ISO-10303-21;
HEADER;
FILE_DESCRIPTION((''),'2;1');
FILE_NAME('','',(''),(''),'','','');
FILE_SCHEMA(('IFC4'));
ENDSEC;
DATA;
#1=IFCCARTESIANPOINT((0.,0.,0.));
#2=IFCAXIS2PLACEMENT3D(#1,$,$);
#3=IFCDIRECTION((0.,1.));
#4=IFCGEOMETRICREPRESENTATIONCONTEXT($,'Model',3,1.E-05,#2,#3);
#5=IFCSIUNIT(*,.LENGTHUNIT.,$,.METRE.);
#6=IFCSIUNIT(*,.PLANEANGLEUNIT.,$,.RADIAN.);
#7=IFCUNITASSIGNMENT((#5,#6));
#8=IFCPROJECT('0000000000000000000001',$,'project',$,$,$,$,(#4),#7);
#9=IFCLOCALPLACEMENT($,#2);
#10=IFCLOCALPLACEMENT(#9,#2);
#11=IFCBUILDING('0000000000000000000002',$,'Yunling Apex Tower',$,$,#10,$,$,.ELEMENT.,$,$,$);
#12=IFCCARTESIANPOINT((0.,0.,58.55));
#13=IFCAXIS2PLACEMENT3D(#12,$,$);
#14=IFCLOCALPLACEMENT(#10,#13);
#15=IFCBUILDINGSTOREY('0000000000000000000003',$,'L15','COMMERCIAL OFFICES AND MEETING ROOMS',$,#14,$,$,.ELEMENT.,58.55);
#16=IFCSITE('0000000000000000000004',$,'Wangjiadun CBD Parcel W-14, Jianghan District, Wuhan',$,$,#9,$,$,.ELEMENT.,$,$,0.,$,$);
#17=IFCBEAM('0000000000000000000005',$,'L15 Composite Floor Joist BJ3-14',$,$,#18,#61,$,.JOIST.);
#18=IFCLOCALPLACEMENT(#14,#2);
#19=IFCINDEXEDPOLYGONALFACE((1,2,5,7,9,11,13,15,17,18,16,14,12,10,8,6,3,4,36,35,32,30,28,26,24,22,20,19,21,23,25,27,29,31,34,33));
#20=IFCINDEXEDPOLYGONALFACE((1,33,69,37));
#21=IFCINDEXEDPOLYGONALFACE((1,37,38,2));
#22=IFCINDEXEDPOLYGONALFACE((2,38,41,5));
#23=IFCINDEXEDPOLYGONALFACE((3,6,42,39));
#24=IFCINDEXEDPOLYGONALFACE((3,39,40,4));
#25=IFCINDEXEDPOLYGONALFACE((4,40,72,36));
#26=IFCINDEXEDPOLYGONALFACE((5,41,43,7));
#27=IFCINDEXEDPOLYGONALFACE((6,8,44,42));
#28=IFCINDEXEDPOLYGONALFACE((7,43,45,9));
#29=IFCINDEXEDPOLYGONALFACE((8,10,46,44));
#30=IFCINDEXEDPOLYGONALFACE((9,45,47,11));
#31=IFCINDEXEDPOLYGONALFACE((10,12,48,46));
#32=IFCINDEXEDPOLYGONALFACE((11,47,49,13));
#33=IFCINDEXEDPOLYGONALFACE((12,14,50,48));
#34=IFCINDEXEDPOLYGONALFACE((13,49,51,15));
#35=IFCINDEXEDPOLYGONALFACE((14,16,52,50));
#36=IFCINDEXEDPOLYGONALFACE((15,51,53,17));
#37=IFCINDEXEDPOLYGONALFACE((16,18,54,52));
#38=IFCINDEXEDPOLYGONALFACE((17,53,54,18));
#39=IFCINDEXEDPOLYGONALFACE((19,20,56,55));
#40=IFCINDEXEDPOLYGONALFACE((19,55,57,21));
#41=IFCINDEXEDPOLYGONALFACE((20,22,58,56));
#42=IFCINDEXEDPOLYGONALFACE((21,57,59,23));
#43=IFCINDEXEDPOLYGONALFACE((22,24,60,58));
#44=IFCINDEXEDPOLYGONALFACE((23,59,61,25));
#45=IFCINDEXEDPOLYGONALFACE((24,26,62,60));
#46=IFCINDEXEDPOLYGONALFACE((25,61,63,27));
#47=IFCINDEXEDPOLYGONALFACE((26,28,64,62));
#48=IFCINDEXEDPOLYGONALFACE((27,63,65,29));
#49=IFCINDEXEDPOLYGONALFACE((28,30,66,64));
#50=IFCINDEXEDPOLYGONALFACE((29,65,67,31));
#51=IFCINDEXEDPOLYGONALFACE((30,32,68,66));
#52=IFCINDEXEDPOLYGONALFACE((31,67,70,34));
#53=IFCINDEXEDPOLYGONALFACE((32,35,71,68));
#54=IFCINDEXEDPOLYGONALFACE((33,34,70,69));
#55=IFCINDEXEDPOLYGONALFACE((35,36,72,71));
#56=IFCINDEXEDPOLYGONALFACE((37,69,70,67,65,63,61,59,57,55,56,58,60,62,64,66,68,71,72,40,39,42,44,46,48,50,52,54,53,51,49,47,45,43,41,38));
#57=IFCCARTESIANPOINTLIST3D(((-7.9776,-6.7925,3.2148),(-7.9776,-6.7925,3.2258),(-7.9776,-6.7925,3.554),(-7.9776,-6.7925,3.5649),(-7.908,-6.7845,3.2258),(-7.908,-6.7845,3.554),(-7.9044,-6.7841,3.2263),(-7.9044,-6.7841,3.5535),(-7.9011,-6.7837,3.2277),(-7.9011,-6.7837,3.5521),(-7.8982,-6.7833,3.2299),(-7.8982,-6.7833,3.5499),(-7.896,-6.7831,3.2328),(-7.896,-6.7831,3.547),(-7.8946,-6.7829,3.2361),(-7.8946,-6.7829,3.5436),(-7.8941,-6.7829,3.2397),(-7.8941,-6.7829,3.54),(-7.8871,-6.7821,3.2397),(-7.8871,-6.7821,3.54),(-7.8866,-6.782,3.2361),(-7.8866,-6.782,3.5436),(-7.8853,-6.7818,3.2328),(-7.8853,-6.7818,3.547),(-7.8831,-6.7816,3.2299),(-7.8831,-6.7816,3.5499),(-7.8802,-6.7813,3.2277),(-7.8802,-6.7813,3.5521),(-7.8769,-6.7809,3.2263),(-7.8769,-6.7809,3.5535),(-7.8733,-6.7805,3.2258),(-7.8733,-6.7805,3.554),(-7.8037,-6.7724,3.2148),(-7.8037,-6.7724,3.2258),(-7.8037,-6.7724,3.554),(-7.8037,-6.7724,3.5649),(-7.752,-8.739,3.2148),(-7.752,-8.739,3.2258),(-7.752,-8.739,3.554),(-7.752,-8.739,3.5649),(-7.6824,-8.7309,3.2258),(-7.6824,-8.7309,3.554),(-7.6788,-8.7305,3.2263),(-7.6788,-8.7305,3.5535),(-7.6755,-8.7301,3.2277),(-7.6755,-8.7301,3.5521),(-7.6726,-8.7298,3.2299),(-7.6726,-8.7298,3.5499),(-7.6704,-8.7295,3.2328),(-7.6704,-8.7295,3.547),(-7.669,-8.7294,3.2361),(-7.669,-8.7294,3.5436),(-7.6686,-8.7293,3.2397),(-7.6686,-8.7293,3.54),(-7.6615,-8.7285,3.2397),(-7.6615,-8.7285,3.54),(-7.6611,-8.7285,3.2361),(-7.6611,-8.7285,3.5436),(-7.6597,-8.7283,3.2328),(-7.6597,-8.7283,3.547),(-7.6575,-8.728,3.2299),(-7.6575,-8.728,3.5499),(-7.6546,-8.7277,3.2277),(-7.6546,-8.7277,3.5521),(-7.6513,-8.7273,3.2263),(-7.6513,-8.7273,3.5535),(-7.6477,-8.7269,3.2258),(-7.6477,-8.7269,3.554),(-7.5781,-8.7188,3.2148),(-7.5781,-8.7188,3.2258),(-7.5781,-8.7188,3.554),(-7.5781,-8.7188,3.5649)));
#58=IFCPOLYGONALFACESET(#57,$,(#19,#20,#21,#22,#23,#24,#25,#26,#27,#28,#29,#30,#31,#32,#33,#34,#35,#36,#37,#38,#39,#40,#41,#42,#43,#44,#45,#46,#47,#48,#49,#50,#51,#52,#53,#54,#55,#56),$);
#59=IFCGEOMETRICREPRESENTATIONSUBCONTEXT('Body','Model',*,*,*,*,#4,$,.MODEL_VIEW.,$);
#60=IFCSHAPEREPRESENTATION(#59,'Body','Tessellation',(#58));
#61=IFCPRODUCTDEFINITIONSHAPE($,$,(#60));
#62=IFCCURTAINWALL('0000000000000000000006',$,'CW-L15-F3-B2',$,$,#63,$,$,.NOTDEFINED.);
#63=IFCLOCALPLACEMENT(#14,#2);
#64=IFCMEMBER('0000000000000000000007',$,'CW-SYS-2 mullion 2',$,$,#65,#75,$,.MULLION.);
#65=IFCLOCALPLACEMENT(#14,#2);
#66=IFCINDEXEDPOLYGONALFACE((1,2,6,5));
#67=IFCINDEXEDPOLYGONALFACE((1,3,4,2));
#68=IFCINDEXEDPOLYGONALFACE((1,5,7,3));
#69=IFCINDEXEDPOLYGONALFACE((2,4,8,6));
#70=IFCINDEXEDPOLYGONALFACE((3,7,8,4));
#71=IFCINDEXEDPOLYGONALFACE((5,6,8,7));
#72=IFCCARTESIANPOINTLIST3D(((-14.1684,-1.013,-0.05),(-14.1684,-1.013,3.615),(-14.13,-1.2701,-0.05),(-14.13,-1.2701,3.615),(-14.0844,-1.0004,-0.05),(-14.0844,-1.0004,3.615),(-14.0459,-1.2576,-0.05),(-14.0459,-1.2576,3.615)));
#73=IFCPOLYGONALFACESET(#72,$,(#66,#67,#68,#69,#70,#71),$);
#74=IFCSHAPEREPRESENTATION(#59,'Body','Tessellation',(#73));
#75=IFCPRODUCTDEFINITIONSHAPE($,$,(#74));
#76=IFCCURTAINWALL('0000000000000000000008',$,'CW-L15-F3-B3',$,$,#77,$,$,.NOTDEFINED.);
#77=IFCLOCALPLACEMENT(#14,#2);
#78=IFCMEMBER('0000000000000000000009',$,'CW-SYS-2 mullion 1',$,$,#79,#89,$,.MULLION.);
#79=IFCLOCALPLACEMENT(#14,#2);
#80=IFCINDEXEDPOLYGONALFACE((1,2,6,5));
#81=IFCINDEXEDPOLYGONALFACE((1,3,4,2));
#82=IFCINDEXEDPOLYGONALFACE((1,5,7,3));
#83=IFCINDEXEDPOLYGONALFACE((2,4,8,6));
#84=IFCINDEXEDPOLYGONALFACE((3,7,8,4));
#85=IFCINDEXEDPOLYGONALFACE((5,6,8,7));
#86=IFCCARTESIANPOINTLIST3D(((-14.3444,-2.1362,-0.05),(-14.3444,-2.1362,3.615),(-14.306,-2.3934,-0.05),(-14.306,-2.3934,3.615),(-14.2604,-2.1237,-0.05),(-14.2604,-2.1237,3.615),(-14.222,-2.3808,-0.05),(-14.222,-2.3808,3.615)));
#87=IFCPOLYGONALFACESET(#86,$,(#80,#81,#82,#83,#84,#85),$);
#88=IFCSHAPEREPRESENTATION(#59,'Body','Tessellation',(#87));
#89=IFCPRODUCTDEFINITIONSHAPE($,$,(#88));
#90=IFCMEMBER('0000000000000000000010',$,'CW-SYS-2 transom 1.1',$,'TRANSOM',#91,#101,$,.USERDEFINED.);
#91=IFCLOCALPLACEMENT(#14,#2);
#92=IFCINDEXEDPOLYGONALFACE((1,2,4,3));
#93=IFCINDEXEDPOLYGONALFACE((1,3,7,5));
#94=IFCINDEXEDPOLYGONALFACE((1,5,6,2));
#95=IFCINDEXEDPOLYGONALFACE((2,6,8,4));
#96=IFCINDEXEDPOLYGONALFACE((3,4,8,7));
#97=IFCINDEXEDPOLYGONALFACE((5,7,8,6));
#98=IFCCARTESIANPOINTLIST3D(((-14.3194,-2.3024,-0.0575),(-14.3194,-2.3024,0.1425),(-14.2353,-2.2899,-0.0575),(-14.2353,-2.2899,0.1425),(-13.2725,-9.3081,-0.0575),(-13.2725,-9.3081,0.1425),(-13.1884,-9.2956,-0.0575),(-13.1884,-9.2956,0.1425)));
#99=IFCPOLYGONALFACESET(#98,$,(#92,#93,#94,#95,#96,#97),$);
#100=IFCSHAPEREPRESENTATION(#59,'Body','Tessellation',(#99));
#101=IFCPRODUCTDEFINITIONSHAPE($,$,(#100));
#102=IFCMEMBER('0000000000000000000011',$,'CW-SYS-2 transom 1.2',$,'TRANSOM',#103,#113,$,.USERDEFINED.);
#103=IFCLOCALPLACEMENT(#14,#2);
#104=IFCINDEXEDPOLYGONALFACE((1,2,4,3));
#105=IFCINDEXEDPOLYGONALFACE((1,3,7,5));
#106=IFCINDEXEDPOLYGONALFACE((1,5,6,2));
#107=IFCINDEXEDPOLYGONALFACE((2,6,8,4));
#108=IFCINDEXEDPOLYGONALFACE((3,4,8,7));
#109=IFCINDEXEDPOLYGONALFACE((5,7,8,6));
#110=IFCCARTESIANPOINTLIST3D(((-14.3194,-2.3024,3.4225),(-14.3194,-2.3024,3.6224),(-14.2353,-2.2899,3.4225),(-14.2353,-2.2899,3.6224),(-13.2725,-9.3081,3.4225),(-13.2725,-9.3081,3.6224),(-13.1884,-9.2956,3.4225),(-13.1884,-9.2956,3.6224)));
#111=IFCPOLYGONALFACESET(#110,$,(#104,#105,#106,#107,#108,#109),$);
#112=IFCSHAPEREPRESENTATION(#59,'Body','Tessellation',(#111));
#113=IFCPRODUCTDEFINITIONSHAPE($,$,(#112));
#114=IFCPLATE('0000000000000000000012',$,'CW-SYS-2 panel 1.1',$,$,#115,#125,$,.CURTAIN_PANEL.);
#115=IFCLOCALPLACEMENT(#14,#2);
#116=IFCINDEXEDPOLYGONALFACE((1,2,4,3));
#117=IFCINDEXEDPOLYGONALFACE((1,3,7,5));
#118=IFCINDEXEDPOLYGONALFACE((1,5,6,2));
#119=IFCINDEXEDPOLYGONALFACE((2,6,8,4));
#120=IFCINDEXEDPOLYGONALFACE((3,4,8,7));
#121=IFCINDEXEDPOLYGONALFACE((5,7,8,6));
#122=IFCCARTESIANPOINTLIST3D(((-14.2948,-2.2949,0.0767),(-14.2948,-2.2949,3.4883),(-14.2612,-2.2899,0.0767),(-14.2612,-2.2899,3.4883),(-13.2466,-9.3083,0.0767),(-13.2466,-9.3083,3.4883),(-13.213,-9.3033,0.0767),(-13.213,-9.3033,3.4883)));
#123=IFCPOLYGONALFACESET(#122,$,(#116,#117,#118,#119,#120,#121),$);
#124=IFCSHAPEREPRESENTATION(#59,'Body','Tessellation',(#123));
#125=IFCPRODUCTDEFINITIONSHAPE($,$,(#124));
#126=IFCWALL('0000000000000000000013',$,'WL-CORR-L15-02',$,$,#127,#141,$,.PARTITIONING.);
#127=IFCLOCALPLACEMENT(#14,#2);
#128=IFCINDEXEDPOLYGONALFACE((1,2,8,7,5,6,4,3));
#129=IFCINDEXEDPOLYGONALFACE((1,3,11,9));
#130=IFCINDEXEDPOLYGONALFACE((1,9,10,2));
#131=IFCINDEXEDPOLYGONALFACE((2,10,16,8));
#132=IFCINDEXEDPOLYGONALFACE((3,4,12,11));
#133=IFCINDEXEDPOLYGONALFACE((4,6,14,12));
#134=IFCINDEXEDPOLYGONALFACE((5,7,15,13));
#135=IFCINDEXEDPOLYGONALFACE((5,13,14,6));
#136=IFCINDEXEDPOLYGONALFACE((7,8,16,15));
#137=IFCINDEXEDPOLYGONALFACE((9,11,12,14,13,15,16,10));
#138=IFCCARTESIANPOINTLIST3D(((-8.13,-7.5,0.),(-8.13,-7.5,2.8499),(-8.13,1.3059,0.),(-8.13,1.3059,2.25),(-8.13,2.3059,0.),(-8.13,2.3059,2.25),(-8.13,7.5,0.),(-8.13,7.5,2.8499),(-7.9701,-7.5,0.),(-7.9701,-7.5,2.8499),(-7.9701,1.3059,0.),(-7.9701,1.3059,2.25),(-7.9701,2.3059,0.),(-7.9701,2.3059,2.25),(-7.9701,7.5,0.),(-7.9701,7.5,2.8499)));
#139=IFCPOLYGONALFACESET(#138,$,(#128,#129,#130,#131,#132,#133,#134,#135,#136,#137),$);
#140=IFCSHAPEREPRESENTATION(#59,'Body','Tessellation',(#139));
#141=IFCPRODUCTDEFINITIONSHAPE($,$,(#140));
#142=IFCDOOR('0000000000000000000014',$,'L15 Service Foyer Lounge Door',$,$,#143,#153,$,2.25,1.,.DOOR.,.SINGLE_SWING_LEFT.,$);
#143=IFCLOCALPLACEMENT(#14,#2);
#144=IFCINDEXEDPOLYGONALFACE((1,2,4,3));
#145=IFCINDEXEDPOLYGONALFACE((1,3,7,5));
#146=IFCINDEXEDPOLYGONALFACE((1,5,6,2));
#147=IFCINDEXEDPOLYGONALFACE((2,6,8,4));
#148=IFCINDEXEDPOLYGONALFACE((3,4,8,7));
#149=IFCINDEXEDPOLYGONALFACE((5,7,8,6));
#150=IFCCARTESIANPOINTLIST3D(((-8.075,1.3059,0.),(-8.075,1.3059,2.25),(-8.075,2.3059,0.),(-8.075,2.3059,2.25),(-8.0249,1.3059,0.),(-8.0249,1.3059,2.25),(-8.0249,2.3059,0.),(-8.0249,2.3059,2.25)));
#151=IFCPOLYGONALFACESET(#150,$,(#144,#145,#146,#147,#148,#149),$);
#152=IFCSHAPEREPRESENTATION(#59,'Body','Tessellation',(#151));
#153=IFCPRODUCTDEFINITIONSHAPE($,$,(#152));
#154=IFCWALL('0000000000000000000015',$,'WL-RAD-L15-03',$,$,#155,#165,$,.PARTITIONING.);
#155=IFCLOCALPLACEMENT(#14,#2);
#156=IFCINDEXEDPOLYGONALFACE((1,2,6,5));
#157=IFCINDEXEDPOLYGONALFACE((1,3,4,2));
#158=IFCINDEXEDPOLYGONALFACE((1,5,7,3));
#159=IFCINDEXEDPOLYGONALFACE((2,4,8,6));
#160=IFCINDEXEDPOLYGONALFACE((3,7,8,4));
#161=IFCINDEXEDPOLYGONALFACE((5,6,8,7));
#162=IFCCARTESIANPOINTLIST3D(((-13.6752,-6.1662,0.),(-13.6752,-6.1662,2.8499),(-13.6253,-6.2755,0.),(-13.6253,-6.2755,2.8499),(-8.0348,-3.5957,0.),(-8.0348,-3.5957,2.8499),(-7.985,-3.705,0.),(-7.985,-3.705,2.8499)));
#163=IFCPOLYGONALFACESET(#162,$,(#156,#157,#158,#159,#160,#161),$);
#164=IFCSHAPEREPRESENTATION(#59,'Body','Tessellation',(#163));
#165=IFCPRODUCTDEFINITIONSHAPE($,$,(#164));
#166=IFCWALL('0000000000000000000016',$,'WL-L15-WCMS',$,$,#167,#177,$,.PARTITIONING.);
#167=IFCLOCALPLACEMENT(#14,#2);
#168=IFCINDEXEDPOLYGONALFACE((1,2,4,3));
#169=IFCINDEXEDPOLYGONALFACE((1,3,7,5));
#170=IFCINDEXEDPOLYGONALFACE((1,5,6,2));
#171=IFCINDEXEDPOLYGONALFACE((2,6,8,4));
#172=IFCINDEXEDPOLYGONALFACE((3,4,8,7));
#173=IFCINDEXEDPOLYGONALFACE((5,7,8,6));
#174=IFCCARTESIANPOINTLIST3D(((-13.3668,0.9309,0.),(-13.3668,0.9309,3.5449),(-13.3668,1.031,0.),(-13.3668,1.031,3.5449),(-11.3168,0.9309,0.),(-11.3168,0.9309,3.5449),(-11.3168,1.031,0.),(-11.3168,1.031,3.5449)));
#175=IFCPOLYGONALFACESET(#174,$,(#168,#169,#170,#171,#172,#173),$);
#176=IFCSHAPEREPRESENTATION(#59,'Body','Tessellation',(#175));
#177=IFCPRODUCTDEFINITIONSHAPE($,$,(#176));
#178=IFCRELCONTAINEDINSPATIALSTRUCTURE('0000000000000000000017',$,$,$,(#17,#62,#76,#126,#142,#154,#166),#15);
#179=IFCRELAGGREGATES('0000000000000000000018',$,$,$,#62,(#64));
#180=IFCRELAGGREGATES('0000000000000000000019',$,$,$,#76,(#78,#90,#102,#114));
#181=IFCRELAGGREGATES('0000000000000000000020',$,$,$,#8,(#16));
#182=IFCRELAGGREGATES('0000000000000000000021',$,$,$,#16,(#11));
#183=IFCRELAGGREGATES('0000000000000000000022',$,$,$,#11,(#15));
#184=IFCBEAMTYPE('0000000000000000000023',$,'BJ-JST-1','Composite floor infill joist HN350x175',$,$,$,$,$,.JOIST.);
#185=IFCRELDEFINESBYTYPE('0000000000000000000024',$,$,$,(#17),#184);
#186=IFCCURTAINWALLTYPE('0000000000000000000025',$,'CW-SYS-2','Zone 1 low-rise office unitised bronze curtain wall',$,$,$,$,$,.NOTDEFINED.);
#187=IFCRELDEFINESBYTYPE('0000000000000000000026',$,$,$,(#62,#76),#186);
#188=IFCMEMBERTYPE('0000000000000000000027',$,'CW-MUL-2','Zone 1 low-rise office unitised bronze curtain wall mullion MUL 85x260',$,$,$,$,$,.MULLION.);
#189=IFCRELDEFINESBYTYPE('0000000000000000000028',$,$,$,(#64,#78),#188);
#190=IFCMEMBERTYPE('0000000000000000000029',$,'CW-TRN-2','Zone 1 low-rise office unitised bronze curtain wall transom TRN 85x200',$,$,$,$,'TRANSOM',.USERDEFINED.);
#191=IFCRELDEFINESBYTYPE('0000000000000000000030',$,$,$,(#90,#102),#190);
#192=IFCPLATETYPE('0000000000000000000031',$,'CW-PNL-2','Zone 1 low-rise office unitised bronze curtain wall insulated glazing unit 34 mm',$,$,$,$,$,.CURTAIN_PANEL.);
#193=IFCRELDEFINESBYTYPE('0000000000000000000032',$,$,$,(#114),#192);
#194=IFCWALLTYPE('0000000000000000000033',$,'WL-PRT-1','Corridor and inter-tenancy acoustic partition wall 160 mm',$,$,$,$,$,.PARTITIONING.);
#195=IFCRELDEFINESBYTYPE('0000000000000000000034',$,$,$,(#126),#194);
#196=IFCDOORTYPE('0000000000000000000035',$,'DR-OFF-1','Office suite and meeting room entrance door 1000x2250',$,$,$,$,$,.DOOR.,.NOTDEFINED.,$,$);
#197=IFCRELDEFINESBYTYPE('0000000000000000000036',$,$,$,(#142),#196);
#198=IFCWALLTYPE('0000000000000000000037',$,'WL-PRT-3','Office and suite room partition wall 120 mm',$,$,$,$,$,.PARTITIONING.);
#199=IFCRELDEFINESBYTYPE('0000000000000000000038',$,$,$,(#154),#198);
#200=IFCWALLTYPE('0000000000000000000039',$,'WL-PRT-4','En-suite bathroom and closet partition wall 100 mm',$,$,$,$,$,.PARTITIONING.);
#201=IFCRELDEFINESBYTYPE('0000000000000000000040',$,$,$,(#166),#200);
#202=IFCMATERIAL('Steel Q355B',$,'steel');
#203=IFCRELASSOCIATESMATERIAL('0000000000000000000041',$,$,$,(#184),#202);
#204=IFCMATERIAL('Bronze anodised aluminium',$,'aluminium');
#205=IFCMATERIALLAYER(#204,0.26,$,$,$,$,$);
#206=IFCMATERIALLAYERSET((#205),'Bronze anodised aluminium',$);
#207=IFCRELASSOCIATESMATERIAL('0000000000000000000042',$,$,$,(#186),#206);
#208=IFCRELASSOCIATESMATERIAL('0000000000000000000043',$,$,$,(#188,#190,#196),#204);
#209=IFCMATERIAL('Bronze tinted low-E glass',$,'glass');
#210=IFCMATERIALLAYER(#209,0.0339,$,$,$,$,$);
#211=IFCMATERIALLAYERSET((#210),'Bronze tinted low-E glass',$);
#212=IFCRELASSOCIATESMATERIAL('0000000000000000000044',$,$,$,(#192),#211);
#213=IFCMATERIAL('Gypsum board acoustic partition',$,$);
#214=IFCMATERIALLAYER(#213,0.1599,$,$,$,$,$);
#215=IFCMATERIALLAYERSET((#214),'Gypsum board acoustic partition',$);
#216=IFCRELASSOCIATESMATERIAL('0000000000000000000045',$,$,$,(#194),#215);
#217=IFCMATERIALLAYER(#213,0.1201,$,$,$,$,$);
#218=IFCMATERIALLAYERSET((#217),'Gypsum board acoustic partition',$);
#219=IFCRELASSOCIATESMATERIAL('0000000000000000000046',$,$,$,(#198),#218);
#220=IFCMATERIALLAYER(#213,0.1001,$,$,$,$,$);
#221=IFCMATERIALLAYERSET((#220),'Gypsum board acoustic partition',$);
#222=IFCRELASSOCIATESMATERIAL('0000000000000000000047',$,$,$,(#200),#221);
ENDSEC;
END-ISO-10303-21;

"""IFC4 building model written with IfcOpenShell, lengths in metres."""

from ifc_helpers import new_model, si_unit, direction, frame, frame_2d, origin, origin_2d, place, context, subcontext, project, spatial, rectangle, i_section, extrude, source, transform, mapped, material, layer, layer_set, material_profile, profile_set, type_object, element, fill, aggregate, save


model = new_model("IFC4")

# Units and contexts
model_context = context("Model", 3, precision=1e-05, world=origin(), true_north=direction((0.0, 1.0)))
body_context = subcontext(model_context, "Body", "Model", "MODEL_VIEW")
ifc_project = project(units=[si_unit("LENGTHUNIT", "METRE"), si_unit("PLANEANGLEUNIT", "RADIAN")], contexts=[model_context])

# Site, building, storey
site_placement = place(None, origin())
site = spatial("IfcSite", under=ifc_project, at=site_placement, Name="Wangjiadun CBD Parcel W-14, Jianghan District, Wuhan", CompositionType="ELEMENT", RefElevation=0.0)
building_placement = place(site_placement, origin())
building = spatial("IfcBuilding", under=site, at=building_placement, Name="Yunling Apex Tower", CompositionType="ELEMENT")
storey_placement = place(building_placement, frame((0.0, 0.0, 58.55)))
storey = spatial("IfcBuildingStorey", under=building, at=storey_placement, Name="L15", Description="COMMERCIAL OFFICES AND MEETING ROOMS", CompositionType="ELEMENT", Elevation=58.55)

# Beam
ifc_material_1 = material(Name="Steel Q355B", Category="steel")
ifc_material_profile_1 = material_profile(ifc_material_1, i_section(OverallWidth=0.175, OverallDepth=0.3501, WebThickness=0.0071, FlangeThickness=0.011, FilletRadius=0.0139, at=origin_2d()))
ifc_profile_set_1 = profile_set([ifc_material_profile_1], Name="Steel Q355B")
beam_type_1 = type_object("IfcBeamType", Name="BJ-JST-1", Description="Composite floor infill joist HN350x175", PredefinedType="JOIST", material=ifc_profile_set_1)
shared_shape_1 = source(origin(), body_context, "Body", "SweptSolid", [
    extrude(i_section(OverallWidth=0.175, OverallDepth=0.3501, WebThickness=0.0071, FlangeThickness=0.011, FilletRadius=0.0139, at=origin_2d()), origin(), (0.0, 0.0, 1.0), 1.9595),
])
beam_1_placement = place(storey_placement, frame((-7.8906, -6.7825, 3.3899), z_axis=(0.115121, -0.993352, 0.0), x_axis=(0.993352, 0.115121, 0.0)))
element("IfcBeam", 1, at=beam_1_placement, inside=storey, type_object=beam_type_1, Name="L15 Composite Floor Joist BJ3-14", PredefinedType="JOIST", context=body_context, shape_type="MappedRepresentation", body=[
    mapped(shared_shape_1, transform((0.0, 0.0, 0.0), scale=1.0)),
])

# Curtain wall, member
ifc_material_2 = material(Name="Bronze anodised aluminium", Category="aluminium")
ifc_layer_1 = layer(ifc_material_2, 0.26)
ifc_layer_set_1 = layer_set([ifc_layer_1], Name="Bronze anodised aluminium")
curtain_wall_type = type_object("IfcCurtainWallType", Name="CW-SYS-2", Description="Zone 1 low-rise office unitised bronze curtain wall", PredefinedType="NOTDEFINED", material=ifc_layer_set_1)
curtain_wall_1_placement = place(storey_placement, origin())
curtain_wall_1 = element("IfcCurtainWall", 2, at=curtain_wall_1_placement, inside=storey, type_object=curtain_wall_type, Name="CW-L15-F3-B2", PredefinedType="NOTDEFINED")
ifc_material_profile_2 = material_profile(ifc_material_2, rectangle(XDim=0.085, YDim=0.26, at=origin_2d()))
ifc_profile_set_2 = profile_set([ifc_material_profile_2], Name="Bronze anodised aluminium")
member_type_1 = type_object("IfcMemberType", Name="CW-MUL-2", Description="Zone 1 low-rise office unitised bronze curtain wall mullion MUL 85x260", PredefinedType="MULLION", material=ifc_profile_set_2)
shared_shape_2 = source(origin(), body_context, "Body", "SweptSolid", [
    extrude(rectangle(XDim=0.085, YDim=0.26, at=origin_2d()), origin(), (0.0, 0.0, 1.0), 3.665),
])
member_1_placement = place(storey_placement, frame((-14.1072, -1.1353, -0.05), z_axis=(0.0, 0.0, 1.0), x_axis=(0.989017, 0.147801, 0.0)))
member_1 = element("IfcMember", 3, at=member_1_placement, type_object=member_type_1, Name="CW-SYS-2 mullion 2", PredefinedType="MULLION", context=body_context, shape_type="MappedRepresentation", body=[
    mapped(shared_shape_2, transform((0.0, 0.0, 0.0), scale=1.0)),
])
aggregate(curtain_wall_1, [member_1])

# Curtain wall, members, plate
curtain_wall_2_placement = place(storey_placement, origin())
curtain_wall_2 = element("IfcCurtainWall", 4, at=curtain_wall_2_placement, inside=storey, type_object=curtain_wall_type, Name="CW-L15-F3-B3", PredefinedType="NOTDEFINED")
member_2_placement = place(storey_placement, frame((-14.2832, -2.2585, -0.05), z_axis=(0.0, 0.0, 1.0), x_axis=(0.989015, 0.147815, 0.0)))
member_2 = element("IfcMember", 5, at=member_2_placement, type_object=member_type_1, Name="CW-SYS-2 mullion 1", PredefinedType="MULLION", context=body_context, shape_type="MappedRepresentation", body=[
    mapped(shared_shape_2, transform((0.0, 0.0, 0.0), scale=1.0)),
])
ifc_material_profile_3 = material_profile(ifc_material_2, rectangle(XDim=0.085, YDim=0.2, at=origin_2d()))
ifc_profile_set_3 = profile_set([ifc_material_profile_3], Name="Bronze anodised aluminium")
member_type_2 = type_object("IfcMemberType", Name="CW-TRN-2", Description="Zone 1 low-rise office unitised bronze curtain wall transom TRN 85x200", ElementType="TRANSOM", PredefinedType="USERDEFINED", material=ifc_profile_set_3)
shared_shape_3 = source(origin(), body_context, "Body", "SweptSolid", [
    extrude(rectangle(XDim=0.085, YDim=0.2, at=origin_2d()), origin(), (0.0, 0.0, 1.0), 7.0835),
])
member_3_placement = place(storey_placement, frame((-14.2773, -2.2961, 0.0425), z_axis=(0.147793, -0.989018, 0.0), x_axis=(0.989018, 0.147793, 0.0)))
member_3 = element("IfcMember", 6, at=member_3_placement, type_object=member_type_2, Name="CW-SYS-2 transom 1.1", ObjectType="TRANSOM", PredefinedType="USERDEFINED", context=body_context, shape_type="MappedRepresentation", body=[
    mapped(shared_shape_3, transform((0.0, 0.0, 0.0), scale=1.0)),
])
member_4_placement = place(storey_placement, frame((-14.2773, -2.2961, 3.5225), z_axis=(0.147793, -0.989018, 0.0), x_axis=(0.989018, 0.147793, 0.0)))
member_4 = element("IfcMember", 7, at=member_4_placement, type_object=member_type_2, Name="CW-SYS-2 transom 1.2", ObjectType="TRANSOM", PredefinedType="USERDEFINED", context=body_context, shape_type="MappedRepresentation", body=[
    mapped(shared_shape_3, transform((0.0, 0.0, 0.0), scale=1.0)),
])
ifc_material_3 = material(Name="Bronze tinted low-E glass", Category="glass")
ifc_layer_2 = layer(ifc_material_3, 0.0339)
ifc_layer_set_2 = layer_set([ifc_layer_2], Name="Bronze tinted low-E glass")
plate_type = type_object("IfcPlateType", Name="CW-PNL-2", Description="Zone 1 low-rise office unitised bronze curtain wall insulated glazing unit 34 mm", PredefinedType="CURTAIN_PANEL", material=ifc_layer_set_2)
shared_shape_4 = source(origin(), body_context, "Body", "SweptSolid", [
    extrude(rectangle(XDim=7.0913, YDim=0.0339, at=origin_2d()), origin(), (0.0, 0.0, 1.0), 3.4116),
])
plate_placement = place(storey_placement, frame((-13.7539, -5.7991, 0.0767), z_axis=(0.0, 0.0, 1.0), x_axis=(0.147815, -0.989015, 0.0)))
plate = element("IfcPlate", 8, at=plate_placement, type_object=plate_type, Name="CW-SYS-2 panel 1.1", PredefinedType="CURTAIN_PANEL", context=body_context, shape_type="MappedRepresentation", body=[
    mapped(shared_shape_4, transform((0.0, 0.0, 0.0), scale=1.0)),
])
aggregate(curtain_wall_2, [member_2, member_3, member_4, plate])

# Wall, opening, door
ifc_material_4 = material(Name="Gypsum board acoustic partition")
ifc_layer_3 = layer(ifc_material_4, 0.1599)
ifc_layer_set_3 = layer_set([ifc_layer_3], Name="Gypsum board acoustic partition")
wall_type_1 = type_object("IfcWallType", Name="WL-PRT-1", Description="Corridor and inter-tenancy acoustic partition wall 160 mm", PredefinedType="PARTITIONING", material=ifc_layer_set_3)
wall_1_placement = place(storey_placement, frame((-8.05, -7.5, 0.0), z_axis=(0.0, 0.0, 1.0), x_axis=(0.0, 1.0, 0.0)))
wall_1 = element("IfcWall", 9, at=wall_1_placement, inside=storey, type_object=wall_type_1, Name="WL-CORR-L15-02", PredefinedType="PARTITIONING", context=body_context, shape_type="SweptSolid", body=[
    extrude(rectangle(XDim=15.0, YDim=0.1599, at=frame_2d((7.5, 0.0))), origin(), (0.0, 0.0, 1.0), 2.8499),
])
opening_placement = place(wall_1_placement, frame((8.8059, 0.0, 0.0)))
opening = element("IfcOpeningElement", 10, at=opening_placement, cuts=wall_1, PredefinedType="OPENING", context=body_context, shape_type="SweptSolid", body=[
    extrude(rectangle(XDim=1.0, YDim=2.25, at=frame_2d((0.5, 1.125))), frame((0.0, 0.0898, 0.0), z_axis=(0.0, -1.0, 0.0), x_axis=(1.0, 0.0, 0.0)), (0.0, 0.0, 1.0), 0.1799),
])
door_type = type_object("IfcDoorType", Name="DR-OFF-1", Description="Office suite and meeting room entrance door 1000x2250", OperationType="NOTDEFINED", PredefinedType="DOOR", material=ifc_material_2)
door_placement = place(opening_placement, origin())
door = element("IfcDoor", 11, at=door_placement, inside=storey, type_object=door_type, Name="L15 Service Foyer Lounge Door", OperationType="SINGLE_SWING_LEFT", OverallHeight=2.25, OverallWidth=1.0, PredefinedType="DOOR", context=body_context, shape_type="SweptSolid", body=[
    extrude(rectangle(XDim=1.0, YDim=2.25, at=frame_2d((0.5, 1.125))), frame((0.0, 0.0249, 0.0), z_axis=(0.0, -1.0, 0.0), x_axis=(1.0, 0.0, 0.0)), (0.0, 0.0, 1.0), 0.05),
])
fill(opening, door)

# Walls
ifc_layer_4 = layer(ifc_material_4, 0.1201)
ifc_layer_set_4 = layer_set([ifc_layer_4], Name="Gypsum board acoustic partition")
wall_type_2 = type_object("IfcWallType", Name="WL-PRT-3", Description="Office and suite room partition wall 120 mm", PredefinedType="PARTITIONING", material=ifc_layer_set_4)
wall_2_placement = place(storey_placement, frame((-8.01, -3.6504, 0.0), z_axis=(0.0, 0.0, 1.0), x_axis=(-0.909956, -0.414705, 0.0)))
element("IfcWall", 12, at=wall_2_placement, inside=storey, type_object=wall_type_2, Name="WL-RAD-L15-03", PredefinedType="PARTITIONING", context=body_context, shape_type="SweptSolid", body=[
    extrude(rectangle(XDim=6.1985, YDim=0.1201, at=frame_2d((3.0991, 0.0))), origin(), (0.0, 0.0, 1.0), 2.8499),
])
ifc_layer_5 = layer(ifc_material_4, 0.1001)
ifc_layer_set_5 = layer_set([ifc_layer_5], Name="Gypsum board acoustic partition")
wall_type_3 = type_object("IfcWallType", Name="WL-PRT-4", Description="En-suite bathroom and closet partition wall 100 mm", PredefinedType="PARTITIONING", material=ifc_layer_set_5)
wall_3_placement = place(storey_placement, frame((-11.3169, 0.981, 0.0), z_axis=(0.0, 0.0, 1.0), x_axis=(-1.0, 0.0, 0.0)))
element("IfcWall", 13, at=wall_3_placement, inside=storey, type_object=wall_type_3, Name="WL-L15-WCMS", PredefinedType="PARTITIONING", context=body_context, shape_type="SweptSolid", body=[
    extrude(rectangle(XDim=2.05, YDim=0.1001, at=frame_2d((1.0249, 0.0))), origin(), (0.0, 0.0, 1.0), 3.5449),
])

save(model, "model.ifc")
